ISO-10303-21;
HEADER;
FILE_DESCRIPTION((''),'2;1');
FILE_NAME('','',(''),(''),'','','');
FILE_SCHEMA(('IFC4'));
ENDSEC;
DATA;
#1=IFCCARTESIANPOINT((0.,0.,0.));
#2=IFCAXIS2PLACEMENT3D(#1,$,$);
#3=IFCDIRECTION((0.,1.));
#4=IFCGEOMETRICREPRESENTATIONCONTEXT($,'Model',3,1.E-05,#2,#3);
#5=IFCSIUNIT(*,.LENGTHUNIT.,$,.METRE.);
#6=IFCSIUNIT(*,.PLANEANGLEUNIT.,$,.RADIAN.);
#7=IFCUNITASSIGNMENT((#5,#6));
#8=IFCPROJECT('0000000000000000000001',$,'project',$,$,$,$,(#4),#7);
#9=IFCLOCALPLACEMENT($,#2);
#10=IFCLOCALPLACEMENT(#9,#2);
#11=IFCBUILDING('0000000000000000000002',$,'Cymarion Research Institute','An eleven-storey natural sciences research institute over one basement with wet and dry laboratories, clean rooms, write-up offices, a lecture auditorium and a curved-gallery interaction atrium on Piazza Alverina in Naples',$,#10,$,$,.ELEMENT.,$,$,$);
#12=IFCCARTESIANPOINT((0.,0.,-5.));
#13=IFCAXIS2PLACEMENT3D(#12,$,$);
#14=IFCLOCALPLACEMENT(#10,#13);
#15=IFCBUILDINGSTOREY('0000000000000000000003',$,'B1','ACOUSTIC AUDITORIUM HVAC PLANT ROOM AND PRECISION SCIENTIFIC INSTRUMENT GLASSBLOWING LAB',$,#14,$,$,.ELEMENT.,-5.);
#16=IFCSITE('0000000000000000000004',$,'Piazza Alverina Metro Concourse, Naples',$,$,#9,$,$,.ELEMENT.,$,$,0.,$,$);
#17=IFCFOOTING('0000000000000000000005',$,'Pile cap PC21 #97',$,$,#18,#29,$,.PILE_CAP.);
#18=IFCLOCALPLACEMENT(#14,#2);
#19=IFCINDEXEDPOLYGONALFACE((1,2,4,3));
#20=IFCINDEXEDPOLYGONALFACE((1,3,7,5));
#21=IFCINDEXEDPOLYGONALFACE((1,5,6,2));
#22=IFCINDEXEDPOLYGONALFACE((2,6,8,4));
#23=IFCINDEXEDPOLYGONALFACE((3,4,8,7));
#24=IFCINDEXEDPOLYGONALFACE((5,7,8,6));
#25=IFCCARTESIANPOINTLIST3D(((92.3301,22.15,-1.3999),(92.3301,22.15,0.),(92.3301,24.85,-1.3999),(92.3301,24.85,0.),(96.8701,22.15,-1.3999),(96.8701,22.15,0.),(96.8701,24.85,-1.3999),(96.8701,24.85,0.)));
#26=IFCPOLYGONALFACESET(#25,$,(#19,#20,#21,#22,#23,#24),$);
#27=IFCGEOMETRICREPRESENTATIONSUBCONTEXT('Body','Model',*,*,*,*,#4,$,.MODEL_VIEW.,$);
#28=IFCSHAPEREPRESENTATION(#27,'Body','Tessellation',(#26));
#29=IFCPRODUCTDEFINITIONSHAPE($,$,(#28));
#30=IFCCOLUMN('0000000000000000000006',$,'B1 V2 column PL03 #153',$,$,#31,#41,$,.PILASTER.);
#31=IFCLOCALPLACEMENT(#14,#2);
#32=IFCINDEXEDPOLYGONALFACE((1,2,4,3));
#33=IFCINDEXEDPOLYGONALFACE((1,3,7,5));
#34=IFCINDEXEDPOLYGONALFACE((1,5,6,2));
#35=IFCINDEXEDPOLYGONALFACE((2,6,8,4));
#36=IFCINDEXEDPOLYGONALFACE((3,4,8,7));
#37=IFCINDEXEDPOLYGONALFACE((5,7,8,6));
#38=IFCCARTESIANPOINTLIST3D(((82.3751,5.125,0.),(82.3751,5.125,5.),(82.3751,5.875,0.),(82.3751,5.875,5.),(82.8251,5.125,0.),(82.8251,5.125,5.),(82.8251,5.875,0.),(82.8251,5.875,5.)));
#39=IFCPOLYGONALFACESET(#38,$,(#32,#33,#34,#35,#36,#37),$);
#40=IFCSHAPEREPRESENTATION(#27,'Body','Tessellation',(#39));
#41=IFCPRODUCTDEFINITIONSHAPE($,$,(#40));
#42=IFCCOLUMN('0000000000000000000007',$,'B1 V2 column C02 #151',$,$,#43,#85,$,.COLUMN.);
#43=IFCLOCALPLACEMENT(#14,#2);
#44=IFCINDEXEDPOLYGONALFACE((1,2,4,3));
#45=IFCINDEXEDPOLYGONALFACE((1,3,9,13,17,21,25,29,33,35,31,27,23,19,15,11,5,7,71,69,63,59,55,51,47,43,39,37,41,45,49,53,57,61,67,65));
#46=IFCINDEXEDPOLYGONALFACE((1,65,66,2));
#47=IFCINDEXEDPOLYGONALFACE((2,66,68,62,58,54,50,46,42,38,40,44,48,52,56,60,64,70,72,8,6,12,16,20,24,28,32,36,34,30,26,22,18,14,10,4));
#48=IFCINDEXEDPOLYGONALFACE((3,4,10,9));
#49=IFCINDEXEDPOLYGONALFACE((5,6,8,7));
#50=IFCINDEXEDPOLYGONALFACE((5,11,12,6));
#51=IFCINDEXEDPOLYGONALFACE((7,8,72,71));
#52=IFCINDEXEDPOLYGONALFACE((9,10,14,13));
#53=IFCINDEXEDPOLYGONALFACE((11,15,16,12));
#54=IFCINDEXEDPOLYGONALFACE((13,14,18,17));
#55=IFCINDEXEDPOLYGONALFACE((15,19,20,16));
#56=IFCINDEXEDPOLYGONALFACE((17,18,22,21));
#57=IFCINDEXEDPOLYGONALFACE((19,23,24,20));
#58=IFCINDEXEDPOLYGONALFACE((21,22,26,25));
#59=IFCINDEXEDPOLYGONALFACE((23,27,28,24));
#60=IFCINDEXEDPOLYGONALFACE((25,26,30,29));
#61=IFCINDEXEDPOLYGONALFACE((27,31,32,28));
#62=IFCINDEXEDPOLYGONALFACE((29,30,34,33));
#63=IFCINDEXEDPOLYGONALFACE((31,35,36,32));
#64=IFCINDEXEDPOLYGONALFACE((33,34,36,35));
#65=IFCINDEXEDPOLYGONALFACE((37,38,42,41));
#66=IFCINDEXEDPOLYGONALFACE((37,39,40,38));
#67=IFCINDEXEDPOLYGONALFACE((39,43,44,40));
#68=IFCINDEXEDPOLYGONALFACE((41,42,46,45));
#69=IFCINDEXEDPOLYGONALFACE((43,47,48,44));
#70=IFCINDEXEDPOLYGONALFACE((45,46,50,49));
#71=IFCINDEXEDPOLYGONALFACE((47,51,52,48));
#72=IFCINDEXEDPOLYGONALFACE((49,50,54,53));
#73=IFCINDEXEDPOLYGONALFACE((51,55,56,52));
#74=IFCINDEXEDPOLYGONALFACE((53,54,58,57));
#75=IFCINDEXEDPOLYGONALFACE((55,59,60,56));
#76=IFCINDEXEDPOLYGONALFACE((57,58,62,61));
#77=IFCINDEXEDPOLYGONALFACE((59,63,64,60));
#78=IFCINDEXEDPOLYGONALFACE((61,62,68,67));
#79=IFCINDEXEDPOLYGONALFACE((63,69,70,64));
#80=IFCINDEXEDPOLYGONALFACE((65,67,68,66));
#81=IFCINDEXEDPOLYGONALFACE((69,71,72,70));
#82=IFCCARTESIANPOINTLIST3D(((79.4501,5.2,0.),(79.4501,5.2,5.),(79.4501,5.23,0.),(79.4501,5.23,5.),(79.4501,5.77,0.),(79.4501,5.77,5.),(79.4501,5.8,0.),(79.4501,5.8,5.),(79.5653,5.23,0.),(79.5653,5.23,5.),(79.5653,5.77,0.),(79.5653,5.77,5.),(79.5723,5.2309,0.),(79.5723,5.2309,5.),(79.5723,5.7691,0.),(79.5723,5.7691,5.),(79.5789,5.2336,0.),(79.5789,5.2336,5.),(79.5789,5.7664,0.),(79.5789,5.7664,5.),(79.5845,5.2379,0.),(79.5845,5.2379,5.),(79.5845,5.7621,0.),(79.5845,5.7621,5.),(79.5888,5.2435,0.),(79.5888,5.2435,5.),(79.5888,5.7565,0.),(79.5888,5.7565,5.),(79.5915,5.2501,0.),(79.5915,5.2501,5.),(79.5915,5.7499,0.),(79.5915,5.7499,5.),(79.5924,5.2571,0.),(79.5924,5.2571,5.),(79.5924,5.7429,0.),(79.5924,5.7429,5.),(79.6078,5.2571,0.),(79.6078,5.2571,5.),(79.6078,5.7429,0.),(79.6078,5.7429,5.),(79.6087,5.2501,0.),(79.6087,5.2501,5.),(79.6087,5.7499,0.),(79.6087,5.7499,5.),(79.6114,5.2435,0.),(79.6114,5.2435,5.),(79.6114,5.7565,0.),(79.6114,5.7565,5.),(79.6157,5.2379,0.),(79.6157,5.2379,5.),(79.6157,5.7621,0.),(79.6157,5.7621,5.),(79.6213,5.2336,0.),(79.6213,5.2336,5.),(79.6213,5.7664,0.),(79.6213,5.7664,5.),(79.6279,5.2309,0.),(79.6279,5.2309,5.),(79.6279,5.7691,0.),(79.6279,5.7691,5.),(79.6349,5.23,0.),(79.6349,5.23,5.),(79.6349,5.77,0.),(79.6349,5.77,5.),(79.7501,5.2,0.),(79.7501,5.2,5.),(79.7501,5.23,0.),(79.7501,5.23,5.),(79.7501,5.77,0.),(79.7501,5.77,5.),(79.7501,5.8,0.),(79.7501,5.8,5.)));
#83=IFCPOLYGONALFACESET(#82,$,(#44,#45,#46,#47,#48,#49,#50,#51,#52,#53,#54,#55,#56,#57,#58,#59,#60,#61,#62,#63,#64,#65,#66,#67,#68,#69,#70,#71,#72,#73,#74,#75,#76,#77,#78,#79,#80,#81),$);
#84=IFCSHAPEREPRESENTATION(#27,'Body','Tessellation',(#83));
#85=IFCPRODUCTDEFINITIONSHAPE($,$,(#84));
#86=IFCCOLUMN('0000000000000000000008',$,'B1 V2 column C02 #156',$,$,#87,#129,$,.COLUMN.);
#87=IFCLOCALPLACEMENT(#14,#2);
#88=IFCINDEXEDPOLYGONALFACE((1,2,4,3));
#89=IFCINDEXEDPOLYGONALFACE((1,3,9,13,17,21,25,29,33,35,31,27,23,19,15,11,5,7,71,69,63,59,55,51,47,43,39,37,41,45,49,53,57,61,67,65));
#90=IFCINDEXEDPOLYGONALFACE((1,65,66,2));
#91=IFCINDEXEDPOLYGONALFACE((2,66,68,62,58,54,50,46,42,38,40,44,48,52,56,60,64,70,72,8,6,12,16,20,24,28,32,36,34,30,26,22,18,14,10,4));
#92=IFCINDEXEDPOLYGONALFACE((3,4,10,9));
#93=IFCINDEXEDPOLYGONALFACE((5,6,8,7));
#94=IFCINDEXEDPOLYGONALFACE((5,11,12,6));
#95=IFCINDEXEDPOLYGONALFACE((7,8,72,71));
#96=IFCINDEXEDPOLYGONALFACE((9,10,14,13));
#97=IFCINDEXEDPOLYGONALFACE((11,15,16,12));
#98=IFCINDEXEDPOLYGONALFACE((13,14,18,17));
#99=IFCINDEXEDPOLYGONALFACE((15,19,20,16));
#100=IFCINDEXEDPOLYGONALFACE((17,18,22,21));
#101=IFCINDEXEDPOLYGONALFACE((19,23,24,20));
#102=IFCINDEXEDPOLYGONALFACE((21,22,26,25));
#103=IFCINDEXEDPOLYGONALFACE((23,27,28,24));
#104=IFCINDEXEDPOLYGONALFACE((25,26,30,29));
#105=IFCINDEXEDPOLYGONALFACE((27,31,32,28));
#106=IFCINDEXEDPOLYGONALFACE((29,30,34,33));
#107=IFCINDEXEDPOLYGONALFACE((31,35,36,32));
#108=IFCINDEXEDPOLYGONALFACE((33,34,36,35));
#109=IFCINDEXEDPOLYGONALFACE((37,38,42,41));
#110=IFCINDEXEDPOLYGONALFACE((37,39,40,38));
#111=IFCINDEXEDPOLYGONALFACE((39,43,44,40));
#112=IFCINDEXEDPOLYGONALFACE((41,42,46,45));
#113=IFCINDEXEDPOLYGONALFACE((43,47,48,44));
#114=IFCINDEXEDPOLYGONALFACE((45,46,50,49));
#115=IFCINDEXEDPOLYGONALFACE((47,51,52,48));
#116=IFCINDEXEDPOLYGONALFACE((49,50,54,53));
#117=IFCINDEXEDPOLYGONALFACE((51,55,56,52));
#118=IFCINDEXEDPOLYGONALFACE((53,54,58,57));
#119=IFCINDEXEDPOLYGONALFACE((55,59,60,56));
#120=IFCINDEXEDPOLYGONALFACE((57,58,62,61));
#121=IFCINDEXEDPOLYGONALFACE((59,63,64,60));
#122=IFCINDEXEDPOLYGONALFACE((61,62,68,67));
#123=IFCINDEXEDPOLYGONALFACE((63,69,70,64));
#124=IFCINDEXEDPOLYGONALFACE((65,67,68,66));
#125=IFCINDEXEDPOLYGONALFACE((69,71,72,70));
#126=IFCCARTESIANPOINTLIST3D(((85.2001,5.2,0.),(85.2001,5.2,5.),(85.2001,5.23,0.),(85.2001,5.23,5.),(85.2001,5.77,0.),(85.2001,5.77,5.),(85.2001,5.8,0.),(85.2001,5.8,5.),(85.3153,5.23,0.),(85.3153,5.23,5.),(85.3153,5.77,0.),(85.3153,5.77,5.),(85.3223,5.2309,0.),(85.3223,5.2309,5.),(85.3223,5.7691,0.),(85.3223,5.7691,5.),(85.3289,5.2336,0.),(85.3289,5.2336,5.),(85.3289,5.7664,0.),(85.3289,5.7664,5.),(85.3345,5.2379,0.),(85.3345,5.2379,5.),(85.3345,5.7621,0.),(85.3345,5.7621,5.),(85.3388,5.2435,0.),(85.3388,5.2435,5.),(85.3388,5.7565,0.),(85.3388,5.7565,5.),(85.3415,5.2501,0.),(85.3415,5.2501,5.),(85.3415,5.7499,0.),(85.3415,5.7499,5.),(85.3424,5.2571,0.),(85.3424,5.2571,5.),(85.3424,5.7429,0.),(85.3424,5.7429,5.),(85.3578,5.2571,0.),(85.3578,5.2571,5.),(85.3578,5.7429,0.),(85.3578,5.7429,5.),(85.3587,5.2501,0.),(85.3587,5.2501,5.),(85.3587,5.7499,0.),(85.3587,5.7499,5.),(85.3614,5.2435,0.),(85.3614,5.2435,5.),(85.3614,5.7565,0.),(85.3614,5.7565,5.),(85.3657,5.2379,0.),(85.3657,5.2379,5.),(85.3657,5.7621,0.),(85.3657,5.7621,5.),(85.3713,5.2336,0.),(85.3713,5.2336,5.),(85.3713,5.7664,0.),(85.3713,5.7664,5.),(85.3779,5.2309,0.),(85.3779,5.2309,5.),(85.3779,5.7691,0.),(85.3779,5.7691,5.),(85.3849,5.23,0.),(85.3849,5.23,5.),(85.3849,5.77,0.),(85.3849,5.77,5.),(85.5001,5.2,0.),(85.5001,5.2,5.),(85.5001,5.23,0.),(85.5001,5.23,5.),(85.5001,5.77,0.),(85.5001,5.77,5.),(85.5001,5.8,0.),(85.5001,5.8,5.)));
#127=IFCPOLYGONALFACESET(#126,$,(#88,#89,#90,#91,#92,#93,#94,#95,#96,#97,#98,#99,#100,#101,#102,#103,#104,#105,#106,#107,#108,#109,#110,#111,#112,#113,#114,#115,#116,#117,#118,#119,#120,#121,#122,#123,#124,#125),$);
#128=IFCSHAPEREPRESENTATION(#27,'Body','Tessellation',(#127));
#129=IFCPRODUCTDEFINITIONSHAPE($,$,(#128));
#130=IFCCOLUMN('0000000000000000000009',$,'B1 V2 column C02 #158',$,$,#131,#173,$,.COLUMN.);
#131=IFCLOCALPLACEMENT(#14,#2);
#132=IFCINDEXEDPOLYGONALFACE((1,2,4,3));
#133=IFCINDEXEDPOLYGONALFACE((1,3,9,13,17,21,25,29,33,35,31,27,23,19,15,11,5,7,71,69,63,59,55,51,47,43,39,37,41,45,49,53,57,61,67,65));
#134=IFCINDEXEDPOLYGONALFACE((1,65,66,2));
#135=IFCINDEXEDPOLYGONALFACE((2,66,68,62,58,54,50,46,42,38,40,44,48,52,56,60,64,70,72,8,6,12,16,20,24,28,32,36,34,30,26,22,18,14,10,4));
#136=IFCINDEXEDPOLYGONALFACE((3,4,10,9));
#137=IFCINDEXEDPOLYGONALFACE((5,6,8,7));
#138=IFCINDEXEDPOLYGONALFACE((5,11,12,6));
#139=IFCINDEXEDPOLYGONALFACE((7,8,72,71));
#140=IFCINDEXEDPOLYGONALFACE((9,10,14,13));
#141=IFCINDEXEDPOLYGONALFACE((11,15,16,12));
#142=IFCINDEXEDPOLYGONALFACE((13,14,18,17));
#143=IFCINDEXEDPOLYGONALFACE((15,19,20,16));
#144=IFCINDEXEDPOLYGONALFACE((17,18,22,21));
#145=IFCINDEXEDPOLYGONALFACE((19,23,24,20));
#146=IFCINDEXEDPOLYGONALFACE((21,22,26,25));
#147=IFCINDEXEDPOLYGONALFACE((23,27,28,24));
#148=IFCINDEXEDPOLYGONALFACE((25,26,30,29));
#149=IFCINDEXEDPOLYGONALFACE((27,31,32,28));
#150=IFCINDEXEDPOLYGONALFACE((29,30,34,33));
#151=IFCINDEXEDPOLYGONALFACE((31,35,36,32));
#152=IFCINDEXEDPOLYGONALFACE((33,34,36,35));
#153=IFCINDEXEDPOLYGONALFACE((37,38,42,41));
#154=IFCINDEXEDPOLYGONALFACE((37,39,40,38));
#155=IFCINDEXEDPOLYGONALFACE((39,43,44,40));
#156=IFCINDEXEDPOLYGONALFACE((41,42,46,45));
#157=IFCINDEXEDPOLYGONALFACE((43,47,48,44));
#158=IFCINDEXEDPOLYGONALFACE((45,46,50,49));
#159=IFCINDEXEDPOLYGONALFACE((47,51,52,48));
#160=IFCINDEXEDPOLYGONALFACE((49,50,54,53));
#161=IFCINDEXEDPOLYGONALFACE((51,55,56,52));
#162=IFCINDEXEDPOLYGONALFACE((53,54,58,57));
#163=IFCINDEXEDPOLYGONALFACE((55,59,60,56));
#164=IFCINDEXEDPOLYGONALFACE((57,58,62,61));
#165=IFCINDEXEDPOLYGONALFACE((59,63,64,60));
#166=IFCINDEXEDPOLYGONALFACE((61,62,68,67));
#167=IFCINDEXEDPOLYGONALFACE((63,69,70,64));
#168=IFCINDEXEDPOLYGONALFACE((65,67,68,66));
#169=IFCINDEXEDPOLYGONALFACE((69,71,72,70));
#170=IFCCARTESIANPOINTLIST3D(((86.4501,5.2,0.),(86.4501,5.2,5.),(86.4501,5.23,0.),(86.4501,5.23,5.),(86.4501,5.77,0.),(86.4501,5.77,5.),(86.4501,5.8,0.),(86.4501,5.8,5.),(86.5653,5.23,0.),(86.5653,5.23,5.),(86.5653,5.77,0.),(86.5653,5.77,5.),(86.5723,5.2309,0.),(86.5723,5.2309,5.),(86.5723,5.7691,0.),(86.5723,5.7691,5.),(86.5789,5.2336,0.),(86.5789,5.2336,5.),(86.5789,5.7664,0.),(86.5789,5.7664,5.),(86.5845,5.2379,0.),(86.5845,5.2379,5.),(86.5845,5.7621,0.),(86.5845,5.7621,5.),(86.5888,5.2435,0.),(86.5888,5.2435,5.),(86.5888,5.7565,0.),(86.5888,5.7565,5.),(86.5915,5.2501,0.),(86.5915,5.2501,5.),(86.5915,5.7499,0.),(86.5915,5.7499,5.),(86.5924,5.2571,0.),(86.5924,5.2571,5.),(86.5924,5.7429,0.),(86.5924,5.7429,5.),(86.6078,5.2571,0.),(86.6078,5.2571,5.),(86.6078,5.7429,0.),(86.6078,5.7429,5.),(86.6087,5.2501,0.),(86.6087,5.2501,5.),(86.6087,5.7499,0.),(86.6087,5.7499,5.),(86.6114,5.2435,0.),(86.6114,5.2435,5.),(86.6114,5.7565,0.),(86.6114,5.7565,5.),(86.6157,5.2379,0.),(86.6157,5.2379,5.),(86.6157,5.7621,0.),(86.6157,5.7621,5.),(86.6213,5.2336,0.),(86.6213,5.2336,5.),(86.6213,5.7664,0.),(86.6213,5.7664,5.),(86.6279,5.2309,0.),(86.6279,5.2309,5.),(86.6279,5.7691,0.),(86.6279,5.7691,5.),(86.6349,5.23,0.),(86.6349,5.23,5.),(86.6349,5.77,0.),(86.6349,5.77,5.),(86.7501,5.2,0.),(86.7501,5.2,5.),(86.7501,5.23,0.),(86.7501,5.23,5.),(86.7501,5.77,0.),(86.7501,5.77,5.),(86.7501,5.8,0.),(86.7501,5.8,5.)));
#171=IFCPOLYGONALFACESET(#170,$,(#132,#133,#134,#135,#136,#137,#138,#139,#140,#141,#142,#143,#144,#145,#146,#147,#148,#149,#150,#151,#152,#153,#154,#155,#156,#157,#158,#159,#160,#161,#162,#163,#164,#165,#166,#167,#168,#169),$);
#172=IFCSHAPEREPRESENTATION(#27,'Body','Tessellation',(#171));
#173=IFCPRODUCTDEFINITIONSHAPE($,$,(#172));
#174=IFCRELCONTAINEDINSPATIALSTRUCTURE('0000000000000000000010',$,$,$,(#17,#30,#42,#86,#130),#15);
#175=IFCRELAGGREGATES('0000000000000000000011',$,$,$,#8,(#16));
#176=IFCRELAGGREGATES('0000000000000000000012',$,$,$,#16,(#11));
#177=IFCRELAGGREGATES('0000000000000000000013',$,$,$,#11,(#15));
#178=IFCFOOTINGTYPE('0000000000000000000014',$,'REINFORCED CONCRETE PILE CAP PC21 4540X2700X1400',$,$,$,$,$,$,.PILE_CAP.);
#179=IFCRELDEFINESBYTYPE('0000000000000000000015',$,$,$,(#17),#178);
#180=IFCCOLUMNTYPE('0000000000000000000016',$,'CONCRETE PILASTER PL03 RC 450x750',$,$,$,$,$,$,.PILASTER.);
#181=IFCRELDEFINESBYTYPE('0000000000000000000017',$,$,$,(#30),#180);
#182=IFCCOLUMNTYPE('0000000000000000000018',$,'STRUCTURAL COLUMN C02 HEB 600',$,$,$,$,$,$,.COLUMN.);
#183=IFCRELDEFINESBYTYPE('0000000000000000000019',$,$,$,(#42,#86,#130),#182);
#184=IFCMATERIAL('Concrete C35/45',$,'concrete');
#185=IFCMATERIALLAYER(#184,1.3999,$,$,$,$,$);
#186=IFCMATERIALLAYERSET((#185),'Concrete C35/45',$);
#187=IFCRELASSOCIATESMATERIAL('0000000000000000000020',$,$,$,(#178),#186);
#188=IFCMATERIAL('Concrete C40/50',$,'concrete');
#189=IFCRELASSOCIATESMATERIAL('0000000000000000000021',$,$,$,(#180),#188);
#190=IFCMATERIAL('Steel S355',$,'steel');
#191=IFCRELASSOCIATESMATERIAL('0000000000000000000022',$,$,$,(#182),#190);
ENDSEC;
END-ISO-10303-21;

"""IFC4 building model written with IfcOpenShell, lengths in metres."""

from ifc_helpers import new_model, si_unit, direction, frame, origin, origin_2d, place, context, subcontext, project, spatial, rectangle, i_section, extrude, material, layer, layer_set, material_profile, profile_set, type_object, element, save


model = new_model("IFC4")

# Units and contexts
model_context = context("Model", 3, precision=1e-05, world=origin(), true_north=direction((0.0, 1.0)))
body_context = subcontext(model_context, "Body", "Model", "MODEL_VIEW")
ifc_project = project(units=[si_unit("LENGTHUNIT", "METRE"), si_unit("PLANEANGLEUNIT", "RADIAN")], contexts=[model_context])

# Site, building, storey
site_placement = place(None, origin())
site = spatial("IfcSite", under=ifc_project, at=site_placement, Name="Piazza Alverina Metro Concourse, Naples", CompositionType="ELEMENT", RefElevation=0.0)
building_placement = place(site_placement, origin())
building = spatial("IfcBuilding", under=site, at=building_placement, Name="Cymarion Research Institute", Description="An eleven-storey natural sciences research institute over one basement with wet and dry laboratories, clean rooms, write-up offices, a lecture auditorium and a curved-gallery interaction atrium on Piazza Alverina in Naples", CompositionType="ELEMENT")
storey_placement = place(building_placement, frame((0.0, 0.0, -5.0)))
storey = spatial("IfcBuildingStorey", under=building, at=storey_placement, Name="B1", Description="ACOUSTIC AUDITORIUM HVAC PLANT ROOM AND PRECISION SCIENTIFIC INSTRUMENT GLASSBLOWING LAB", CompositionType="ELEMENT", Elevation=-5.0)

# Shared definitions
ifc_material_1 = material(Name="Concrete C35/45", Category="concrete")

# Footing
ifc_layer_1 = layer(ifc_material_1, 1.3999)
ifc_layer_set_1 = layer_set([ifc_layer_1], Name="Concrete C35/45")
footing_type_1 = type_object("IfcFootingType", Name="REINFORCED CONCRETE PILE CAP PC21 4540X2700X1400", PredefinedType="PILE_CAP", material=ifc_layer_set_1)
for number, where, z_axis, x_axis, name in (
    (1, (94.6001, 23.5, -1.3999), (0.0, 0.0, 1.0), (1.0, 0.0, 0.0), "Pile cap PC21 #97"),
):
    element("IfcFooting", number, at=place(storey_placement, frame(where, z_axis=z_axis, x_axis=x_axis)), inside=storey, type_object=footing_type_1, Name=name, PredefinedType="PILE_CAP", context=body_context, shape_type="SweptSolid", body=[
        extrude(rectangle(XDim=4.54, YDim=2.7, at=origin_2d()), origin(), (0.0, 0.0, 1.0), 1.3999),
    ])

# Columns
ifc_material_2 = material(Name="Concrete C40/50", Category="concrete")
ifc_material_profile_1 = material_profile(ifc_material_2, rectangle(XDim=0.45, YDim=0.75, at=origin_2d()), Name="RC 450x750")
ifc_profile_set_1 = profile_set([ifc_material_profile_1], Name="Concrete C40/50")
column_type_1 = type_object("IfcColumnType", Name="CONCRETE PILASTER PL03 RC 450x750", PredefinedType="PILASTER", material=ifc_profile_set_1)
column_placement = place(storey_placement, frame((82.6001, 5.5, 0.0), z_axis=(0.0, 0.0, 1.0), x_axis=(1.0, 0.0, 0.0)))
element("IfcColumn", 2, at=column_placement, inside=storey, type_object=column_type_1, Name="B1 V2 column PL03 #153", PredefinedType="PILASTER", context=body_context, shape_type="SweptSolid", body=[
    extrude(rectangle(XDim=0.45, YDim=0.75, at=origin_2d()), origin(), (0.0, 0.0, 1.0), 5.0),
])
ifc_material_3 = material(Name="Steel S355", Category="steel")
ifc_material_profile_2 = material_profile(ifc_material_3, i_section(OverallWidth=0.3, OverallDepth=0.6001, WebThickness=0.0154, FlangeThickness=0.03, FilletRadius=0.0271, at=origin_2d()), Name="HEB 600")
ifc_profile_set_2 = profile_set([ifc_material_profile_2], Name="Steel S355")
column_type_2 = type_object("IfcColumnType", Name="STRUCTURAL COLUMN C02 HEB 600", PredefinedType="COLUMN", material=ifc_profile_set_2)
for number, where, z_axis, x_axis, name in (
    (3, (79.6001, 5.5, 0.0), (0.0, 0.0, 1.0), (1.0, 0.0, 0.0), "B1 V2 column C02 #151"),
    (4, (85.3501, 5.5, 0.0), (0.0, 0.0, 1.0), (1.0, 0.0, 0.0), "B1 V2 column C02 #156"),
    (5, (86.6001, 5.5, 0.0), (0.0, 0.0, 1.0), (1.0, 0.0, 0.0), "B1 V2 column C02 #158"),
):
    element("IfcColumn", number, at=place(storey_placement, frame(where, z_axis=z_axis, x_axis=x_axis)), inside=storey, type_object=column_type_2, Name=name, PredefinedType="COLUMN", context=body_context, shape_type="SweptSolid", body=[
        extrude(i_section(OverallWidth=0.3, OverallDepth=0.6001, WebThickness=0.0154, FlangeThickness=0.03, FilletRadius=0.0271, at=origin_2d()), origin(), (0.0, 0.0, 1.0), 5.0),
    ])

save(model, "model.ifc")
